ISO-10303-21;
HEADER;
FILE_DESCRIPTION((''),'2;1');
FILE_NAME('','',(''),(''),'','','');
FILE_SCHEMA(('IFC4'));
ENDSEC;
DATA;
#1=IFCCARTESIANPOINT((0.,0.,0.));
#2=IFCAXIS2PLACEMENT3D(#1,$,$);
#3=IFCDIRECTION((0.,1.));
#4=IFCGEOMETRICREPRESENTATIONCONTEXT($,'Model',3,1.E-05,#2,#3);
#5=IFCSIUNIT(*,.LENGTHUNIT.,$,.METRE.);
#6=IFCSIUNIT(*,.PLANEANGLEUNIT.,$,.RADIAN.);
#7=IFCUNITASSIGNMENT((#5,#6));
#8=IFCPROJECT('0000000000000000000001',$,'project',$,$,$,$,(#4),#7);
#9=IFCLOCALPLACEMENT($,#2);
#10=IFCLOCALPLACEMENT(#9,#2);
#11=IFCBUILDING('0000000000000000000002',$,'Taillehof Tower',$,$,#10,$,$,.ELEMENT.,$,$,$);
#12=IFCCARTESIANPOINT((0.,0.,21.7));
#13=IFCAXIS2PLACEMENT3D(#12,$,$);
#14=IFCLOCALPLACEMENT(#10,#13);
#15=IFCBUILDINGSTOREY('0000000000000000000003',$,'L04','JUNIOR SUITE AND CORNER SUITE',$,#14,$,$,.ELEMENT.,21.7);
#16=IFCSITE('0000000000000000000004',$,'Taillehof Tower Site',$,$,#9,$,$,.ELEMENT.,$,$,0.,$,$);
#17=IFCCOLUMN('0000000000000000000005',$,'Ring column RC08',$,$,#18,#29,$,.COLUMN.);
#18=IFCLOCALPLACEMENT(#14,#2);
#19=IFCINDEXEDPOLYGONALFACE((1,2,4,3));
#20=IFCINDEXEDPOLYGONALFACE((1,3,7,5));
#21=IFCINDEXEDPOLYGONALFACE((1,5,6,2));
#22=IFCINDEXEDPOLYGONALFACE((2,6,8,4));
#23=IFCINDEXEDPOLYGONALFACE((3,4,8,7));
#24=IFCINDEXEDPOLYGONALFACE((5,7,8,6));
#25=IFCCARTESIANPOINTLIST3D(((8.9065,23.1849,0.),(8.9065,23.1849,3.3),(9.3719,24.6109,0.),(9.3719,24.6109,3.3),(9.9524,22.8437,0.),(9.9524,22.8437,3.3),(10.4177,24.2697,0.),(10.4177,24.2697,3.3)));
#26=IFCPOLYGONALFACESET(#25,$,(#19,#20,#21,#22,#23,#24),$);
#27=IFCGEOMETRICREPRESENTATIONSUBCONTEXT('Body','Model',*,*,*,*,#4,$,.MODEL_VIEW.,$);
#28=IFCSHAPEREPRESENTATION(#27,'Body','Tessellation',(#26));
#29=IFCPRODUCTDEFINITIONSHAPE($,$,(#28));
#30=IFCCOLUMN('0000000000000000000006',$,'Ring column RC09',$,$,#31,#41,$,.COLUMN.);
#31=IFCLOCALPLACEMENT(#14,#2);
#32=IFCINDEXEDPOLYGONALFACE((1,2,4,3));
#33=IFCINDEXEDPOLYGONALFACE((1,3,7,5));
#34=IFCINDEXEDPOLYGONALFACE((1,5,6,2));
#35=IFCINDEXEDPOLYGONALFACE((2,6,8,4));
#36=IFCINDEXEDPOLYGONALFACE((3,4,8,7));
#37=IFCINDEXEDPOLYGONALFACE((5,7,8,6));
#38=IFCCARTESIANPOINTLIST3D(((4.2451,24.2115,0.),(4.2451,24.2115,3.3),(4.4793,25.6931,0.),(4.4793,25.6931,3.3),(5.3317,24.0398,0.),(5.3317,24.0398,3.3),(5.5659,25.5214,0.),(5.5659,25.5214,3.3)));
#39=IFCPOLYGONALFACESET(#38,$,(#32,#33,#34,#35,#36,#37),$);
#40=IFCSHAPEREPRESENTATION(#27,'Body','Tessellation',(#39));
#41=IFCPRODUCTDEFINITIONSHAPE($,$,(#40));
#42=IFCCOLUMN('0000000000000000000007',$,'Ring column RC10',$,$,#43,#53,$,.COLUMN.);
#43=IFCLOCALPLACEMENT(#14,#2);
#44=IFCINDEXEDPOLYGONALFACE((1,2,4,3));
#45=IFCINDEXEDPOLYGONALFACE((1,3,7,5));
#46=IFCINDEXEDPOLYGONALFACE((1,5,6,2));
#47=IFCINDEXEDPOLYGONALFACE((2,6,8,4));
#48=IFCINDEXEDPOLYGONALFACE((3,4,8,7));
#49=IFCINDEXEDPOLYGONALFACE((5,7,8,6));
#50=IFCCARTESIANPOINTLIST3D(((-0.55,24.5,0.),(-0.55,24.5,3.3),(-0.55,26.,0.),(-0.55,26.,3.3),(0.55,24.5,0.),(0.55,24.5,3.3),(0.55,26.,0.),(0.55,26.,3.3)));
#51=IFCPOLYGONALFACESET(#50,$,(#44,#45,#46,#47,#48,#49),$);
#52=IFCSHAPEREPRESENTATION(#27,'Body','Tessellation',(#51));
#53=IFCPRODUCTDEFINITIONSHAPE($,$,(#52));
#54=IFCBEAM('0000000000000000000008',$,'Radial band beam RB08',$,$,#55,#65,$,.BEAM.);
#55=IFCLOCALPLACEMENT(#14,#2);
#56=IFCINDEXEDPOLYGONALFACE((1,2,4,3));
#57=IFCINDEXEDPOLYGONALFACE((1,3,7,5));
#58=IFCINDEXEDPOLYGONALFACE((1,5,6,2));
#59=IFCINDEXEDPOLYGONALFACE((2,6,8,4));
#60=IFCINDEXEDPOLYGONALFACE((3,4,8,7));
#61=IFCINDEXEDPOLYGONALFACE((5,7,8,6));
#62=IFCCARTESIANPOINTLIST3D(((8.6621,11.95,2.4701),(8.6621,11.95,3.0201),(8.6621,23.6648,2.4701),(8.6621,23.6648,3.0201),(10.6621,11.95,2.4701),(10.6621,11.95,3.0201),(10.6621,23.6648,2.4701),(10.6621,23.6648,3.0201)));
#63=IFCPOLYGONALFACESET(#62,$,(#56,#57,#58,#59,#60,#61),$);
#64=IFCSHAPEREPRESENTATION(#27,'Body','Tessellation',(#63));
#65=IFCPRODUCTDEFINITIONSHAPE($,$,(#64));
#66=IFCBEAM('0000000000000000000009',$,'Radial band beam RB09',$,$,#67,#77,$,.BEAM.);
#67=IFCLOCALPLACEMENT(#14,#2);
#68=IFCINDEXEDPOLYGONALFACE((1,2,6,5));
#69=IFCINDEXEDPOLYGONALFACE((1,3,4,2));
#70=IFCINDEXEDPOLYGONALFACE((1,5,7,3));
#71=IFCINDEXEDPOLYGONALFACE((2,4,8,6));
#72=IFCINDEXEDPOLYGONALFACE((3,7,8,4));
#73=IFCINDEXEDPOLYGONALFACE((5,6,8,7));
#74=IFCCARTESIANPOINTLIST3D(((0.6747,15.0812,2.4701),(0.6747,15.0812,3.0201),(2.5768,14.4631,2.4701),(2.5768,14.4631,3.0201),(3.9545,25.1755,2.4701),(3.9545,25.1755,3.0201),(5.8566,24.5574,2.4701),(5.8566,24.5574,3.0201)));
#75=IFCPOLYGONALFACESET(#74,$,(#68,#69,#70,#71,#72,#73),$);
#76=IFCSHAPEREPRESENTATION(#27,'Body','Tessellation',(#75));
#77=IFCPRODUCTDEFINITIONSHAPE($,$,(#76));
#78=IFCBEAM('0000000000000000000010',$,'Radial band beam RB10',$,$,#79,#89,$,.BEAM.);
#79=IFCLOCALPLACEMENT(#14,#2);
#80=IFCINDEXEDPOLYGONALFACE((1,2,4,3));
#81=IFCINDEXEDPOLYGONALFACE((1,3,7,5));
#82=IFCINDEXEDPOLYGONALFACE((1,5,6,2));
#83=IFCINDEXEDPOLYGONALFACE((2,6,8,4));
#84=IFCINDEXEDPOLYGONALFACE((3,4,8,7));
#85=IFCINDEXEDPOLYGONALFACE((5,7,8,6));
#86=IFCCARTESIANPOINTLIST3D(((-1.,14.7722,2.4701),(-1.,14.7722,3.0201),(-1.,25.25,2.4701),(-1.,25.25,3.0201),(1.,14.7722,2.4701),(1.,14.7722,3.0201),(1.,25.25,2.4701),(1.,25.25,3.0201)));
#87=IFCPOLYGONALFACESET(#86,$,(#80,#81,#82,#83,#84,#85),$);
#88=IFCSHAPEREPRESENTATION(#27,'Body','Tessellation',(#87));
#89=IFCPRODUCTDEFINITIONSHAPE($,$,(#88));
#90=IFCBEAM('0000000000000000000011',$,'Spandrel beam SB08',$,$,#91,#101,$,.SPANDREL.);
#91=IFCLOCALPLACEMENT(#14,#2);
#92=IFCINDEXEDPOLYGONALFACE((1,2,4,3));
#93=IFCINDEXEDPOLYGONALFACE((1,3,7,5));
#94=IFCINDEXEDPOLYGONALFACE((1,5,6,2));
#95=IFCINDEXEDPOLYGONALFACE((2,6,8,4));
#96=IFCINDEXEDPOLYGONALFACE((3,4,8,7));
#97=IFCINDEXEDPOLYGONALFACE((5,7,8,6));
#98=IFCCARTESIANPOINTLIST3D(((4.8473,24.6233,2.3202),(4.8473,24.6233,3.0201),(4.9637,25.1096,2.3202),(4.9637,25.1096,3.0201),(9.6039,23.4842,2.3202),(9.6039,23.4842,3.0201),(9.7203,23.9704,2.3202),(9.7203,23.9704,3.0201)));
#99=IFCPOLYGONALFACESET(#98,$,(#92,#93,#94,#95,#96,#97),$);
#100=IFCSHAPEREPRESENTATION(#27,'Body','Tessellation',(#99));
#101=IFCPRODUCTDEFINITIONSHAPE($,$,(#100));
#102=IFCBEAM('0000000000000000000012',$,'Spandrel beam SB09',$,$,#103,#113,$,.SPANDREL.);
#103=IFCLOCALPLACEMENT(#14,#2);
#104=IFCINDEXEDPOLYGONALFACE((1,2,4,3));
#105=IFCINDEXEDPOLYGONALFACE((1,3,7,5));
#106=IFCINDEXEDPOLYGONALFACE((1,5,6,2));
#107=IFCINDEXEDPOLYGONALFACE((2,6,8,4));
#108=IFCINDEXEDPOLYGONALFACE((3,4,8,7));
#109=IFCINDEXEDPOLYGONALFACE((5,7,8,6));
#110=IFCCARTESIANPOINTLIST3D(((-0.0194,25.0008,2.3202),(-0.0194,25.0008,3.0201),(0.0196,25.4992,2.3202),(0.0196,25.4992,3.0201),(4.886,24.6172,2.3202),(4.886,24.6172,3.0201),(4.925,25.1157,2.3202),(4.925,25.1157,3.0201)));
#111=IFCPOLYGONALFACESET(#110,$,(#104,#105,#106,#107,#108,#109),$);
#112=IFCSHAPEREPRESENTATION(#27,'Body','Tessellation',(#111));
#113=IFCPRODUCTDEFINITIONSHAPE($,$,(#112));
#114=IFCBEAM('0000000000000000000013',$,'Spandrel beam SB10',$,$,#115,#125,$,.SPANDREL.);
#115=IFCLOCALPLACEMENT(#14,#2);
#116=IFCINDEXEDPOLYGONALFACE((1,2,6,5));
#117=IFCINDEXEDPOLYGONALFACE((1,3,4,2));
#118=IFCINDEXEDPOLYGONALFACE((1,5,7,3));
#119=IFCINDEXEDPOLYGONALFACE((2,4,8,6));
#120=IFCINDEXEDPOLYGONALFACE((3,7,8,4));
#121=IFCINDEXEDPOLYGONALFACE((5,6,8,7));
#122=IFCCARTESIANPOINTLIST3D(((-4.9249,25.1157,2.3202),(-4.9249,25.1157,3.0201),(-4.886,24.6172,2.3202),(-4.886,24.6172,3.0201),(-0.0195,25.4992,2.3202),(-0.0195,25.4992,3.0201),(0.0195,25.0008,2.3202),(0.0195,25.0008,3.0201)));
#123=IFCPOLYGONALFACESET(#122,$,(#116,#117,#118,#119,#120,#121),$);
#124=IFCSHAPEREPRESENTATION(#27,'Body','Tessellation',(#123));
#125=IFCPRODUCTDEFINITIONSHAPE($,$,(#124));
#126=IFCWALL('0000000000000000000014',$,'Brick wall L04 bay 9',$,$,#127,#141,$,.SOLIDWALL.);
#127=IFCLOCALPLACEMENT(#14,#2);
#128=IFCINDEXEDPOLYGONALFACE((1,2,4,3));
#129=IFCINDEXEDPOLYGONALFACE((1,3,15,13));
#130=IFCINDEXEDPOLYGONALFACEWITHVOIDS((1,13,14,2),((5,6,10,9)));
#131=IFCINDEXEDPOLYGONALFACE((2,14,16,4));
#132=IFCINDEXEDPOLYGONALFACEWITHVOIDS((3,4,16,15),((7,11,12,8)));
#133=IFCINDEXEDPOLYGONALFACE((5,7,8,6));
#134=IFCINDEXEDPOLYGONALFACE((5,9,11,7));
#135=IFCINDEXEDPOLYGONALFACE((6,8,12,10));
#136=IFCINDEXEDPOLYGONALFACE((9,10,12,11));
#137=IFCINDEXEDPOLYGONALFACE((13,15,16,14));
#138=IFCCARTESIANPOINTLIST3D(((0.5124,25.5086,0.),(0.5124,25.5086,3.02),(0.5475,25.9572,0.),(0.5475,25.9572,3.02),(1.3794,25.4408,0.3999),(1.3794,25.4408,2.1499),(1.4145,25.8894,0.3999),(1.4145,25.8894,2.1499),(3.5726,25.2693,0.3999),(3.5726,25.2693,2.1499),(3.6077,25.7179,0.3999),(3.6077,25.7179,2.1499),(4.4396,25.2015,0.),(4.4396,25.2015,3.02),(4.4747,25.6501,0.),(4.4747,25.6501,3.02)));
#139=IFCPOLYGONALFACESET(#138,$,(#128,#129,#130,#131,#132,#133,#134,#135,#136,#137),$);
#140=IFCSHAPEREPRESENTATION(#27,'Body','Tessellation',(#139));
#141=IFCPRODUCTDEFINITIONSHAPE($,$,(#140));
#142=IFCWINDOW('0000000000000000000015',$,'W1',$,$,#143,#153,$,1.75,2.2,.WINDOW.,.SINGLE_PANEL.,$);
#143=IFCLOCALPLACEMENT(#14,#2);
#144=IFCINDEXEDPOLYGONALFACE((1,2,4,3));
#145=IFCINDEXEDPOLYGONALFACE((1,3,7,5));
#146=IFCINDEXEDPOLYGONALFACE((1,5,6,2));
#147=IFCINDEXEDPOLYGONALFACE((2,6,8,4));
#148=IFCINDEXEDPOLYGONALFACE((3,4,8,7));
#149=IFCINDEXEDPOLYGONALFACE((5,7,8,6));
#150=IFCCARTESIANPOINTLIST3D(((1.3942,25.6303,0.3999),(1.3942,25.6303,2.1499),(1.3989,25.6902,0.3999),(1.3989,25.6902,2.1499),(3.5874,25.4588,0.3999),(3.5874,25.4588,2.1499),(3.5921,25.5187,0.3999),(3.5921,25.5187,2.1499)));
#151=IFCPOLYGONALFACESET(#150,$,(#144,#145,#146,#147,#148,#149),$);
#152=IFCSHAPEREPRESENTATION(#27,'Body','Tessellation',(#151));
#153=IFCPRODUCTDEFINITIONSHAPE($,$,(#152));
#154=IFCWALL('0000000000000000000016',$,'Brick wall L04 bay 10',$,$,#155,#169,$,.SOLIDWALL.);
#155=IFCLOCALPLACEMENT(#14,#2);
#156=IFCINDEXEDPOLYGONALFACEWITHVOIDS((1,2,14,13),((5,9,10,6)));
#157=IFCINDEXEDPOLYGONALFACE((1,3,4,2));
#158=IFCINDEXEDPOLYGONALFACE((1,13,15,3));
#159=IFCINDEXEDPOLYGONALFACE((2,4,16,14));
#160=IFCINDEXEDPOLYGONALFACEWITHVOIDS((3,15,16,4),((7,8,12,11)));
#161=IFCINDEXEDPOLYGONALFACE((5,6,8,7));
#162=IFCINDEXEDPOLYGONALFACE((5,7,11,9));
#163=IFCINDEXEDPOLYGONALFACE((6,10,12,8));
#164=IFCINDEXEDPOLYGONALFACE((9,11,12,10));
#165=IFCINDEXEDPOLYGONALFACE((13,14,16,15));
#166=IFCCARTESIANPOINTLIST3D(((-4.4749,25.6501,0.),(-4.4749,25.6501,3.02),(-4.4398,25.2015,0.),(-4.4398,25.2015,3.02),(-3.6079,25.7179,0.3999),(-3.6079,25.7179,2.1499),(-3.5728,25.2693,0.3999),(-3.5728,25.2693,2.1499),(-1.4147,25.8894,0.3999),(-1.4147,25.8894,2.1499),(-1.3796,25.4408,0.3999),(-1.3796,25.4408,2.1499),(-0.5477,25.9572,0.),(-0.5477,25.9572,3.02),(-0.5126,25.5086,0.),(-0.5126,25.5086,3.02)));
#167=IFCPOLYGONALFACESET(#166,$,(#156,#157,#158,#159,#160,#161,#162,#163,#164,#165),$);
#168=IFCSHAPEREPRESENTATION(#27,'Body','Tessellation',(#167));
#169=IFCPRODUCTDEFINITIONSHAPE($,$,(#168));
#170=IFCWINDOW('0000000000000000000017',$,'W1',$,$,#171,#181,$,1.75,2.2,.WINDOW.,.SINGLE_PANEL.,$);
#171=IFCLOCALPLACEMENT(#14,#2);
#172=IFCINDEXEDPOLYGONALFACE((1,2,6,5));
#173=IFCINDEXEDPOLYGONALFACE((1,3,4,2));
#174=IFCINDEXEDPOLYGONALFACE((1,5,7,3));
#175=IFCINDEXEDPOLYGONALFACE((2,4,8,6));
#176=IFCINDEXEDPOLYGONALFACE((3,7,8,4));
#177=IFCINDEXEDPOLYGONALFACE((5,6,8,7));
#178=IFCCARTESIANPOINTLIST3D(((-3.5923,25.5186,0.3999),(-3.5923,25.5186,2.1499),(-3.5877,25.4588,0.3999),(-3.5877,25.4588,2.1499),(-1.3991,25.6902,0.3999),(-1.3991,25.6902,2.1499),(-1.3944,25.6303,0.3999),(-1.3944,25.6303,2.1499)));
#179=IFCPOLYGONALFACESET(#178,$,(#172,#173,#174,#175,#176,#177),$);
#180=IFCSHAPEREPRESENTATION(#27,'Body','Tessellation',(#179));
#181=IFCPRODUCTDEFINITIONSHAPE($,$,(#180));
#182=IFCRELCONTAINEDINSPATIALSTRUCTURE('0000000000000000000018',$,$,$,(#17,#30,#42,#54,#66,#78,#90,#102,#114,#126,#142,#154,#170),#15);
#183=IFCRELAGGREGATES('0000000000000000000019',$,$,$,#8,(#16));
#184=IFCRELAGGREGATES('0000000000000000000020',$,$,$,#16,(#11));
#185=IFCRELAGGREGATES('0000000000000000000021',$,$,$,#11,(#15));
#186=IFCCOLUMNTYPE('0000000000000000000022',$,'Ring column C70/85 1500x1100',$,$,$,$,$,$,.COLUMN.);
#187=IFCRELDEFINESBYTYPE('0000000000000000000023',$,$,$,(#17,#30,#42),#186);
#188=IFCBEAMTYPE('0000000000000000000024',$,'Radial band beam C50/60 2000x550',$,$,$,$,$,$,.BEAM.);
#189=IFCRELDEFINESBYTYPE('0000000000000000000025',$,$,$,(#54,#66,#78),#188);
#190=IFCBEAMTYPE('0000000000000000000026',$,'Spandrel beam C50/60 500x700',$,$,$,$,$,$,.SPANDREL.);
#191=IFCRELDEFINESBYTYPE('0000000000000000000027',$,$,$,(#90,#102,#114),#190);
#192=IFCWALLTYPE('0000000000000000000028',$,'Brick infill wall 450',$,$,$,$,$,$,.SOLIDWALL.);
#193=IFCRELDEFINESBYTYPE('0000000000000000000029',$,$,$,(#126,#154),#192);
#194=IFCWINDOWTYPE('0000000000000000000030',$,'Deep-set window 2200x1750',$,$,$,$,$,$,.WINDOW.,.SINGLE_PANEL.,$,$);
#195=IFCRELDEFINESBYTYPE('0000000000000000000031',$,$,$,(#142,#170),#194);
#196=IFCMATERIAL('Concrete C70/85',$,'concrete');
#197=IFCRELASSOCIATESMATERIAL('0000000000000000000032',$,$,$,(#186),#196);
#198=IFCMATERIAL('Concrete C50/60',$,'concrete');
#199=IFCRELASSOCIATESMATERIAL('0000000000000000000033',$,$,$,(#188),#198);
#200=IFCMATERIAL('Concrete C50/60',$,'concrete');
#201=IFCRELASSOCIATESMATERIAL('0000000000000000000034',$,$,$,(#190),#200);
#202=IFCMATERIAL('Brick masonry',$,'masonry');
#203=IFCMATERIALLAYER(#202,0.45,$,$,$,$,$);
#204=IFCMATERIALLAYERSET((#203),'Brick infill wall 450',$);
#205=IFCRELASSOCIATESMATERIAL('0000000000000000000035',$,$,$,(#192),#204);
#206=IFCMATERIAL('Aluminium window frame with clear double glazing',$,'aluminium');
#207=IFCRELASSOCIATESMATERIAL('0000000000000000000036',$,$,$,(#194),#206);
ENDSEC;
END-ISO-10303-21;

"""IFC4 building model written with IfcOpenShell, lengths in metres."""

from ifc_helpers import new_model, si_unit, direction, frame, frame_2d, origin, origin_2d, place, context, subcontext, project, spatial, rectangle, extrude, material, layer, layer_set, material_profile, profile_set, type_object, element, fill, save


model = new_model("IFC4")

# Units and contexts
model_context = context("Model", 3, precision=1e-05, world=origin(), true_north=direction((0.0, 1.0)))
body_context = subcontext(model_context, "Body", "Model", "MODEL_VIEW")
ifc_project = project(units=[si_unit("LENGTHUNIT", "METRE"), si_unit("PLANEANGLEUNIT", "RADIAN")], contexts=[model_context])

# Site, building, storey
site_placement = place(None, origin())
site = spatial("IfcSite", under=ifc_project, at=site_placement, Name="Taillehof Tower Site", CompositionType="ELEMENT", RefElevation=0.0)
building_placement = place(site_placement, origin())
building = spatial("IfcBuilding", under=site, at=building_placement, Name="Taillehof Tower", CompositionType="ELEMENT")
storey_placement = place(building_placement, frame((0.0, 0.0, 21.7)))
storey = spatial("IfcBuildingStorey", under=building, at=storey_placement, Name="L04", Description="JUNIOR SUITE AND CORNER SUITE", CompositionType="ELEMENT", Elevation=21.7)

# Columns
ifc_material_1 = material(Name="Concrete C70/85", Category="concrete")
ifc_material_profile_1 = material_profile(ifc_material_1, rectangle(XDim=1.5, YDim=1.1001, at=origin_2d()), Name="RC 1500x1100")
ifc_profile_set_1 = profile_set([ifc_material_profile_1], Name="Concrete C70/85")
column_type = type_object("IfcColumnType", Name="Ring column C70/85 1500x1100", PredefinedType="COLUMN", material=ifc_profile_set_1)
for number, where, z_axis, x_axis, name in (
    (1, (9.6621, 23.7273, 0.0), (0.0, 0.0, 1.0), (0.310219, 0.950665, 0.0), "Ring column RC08"),
    (2, (4.9055, 24.8665, 0.0), (0.0, 0.0, 1.0), (0.156147, 0.987734, 0.0), "Ring column RC09"),
    (3, (0.0, 25.25, 0.0), (0.0, 0.0, 1.0), (0.0, 1.0, 0.0), "Ring column RC10"),
):
    element("IfcColumn", number, at=place(storey_placement, frame(where, z_axis=z_axis, x_axis=x_axis)), inside=storey, type_object=column_type, Name=name, PredefinedType="COLUMN", context=body_context, shape_type="SweptSolid", body=[
        extrude(rectangle(XDim=1.5, YDim=1.1001, at=origin_2d()), origin(), (0.0, 0.0, 1.0), 3.3),
    ])

# Beams
ifc_material_2 = material(Name="Concrete C50/60", Category="concrete")
ifc_material_profile_2 = material_profile(ifc_material_2, rectangle(XDim=2.0, YDim=0.55, at=origin_2d()), Name="RC 2000x550")
ifc_profile_set_2 = profile_set([ifc_material_profile_2], Name="Concrete C50/60")
beam_type_1 = type_object("IfcBeamType", Name="Radial band beam C50/60 2000x550", PredefinedType="BEAM", material=ifc_profile_set_2)
beam_1_placement = place(storey_placement, frame((9.6621, 23.6648, 2.7451), z_axis=(0.0, -1.0, 0.0), x_axis=(1.0, 0.0, 0.0)))
element("IfcBeam", 4, at=beam_1_placement, inside=storey, type_object=beam_type_1, Name="Radial band beam RB08", PredefinedType="BEAM", context=body_context, shape_type="SweptSolid", body=[
    extrude(rectangle(XDim=2.0, YDim=0.55, at=origin_2d()), origin(), (0.0, 0.0, 1.0), 11.7148),
])
beam_2_placement = place(storey_placement, frame((4.9055, 24.8665, 2.7451), z_axis=(-0.309014, -0.951057, 0.0), x_axis=(0.951057, -0.309014, 0.0)))
element("IfcBeam", 5, at=beam_2_placement, inside=storey, type_object=beam_type_1, Name="Radial band beam RB09", PredefinedType="BEAM", context=body_context, shape_type="SweptSolid", body=[
    extrude(rectangle(XDim=2.0, YDim=0.55, at=origin_2d()), origin(), (0.0, 0.0, 1.0), 10.6138),
])
beam_3_placement = place(storey_placement, frame((0.0, 25.25, 2.7451), z_axis=(0.0, -1.0, 0.0), x_axis=(1.0, 0.0, 0.0)))
element("IfcBeam", 6, at=beam_3_placement, inside=storey, type_object=beam_type_1, Name="Radial band beam RB10", PredefinedType="BEAM", context=body_context, shape_type="SweptSolid", body=[
    extrude(rectangle(XDim=2.0, YDim=0.55, at=origin_2d()), origin(), (0.0, 0.0, 1.0), 10.4778),
])
ifc_material_3 = material(Name="Concrete C50/60", Category="concrete")
ifc_material_profile_3 = material_profile(ifc_material_3, rectangle(XDim=0.5, YDim=0.7, at=origin_2d()), Name="RC 500x700")
ifc_profile_set_3 = profile_set([ifc_material_profile_3], Name="Concrete C50/60")
beam_type_2 = type_object("IfcBeamType", Name="Spandrel beam C50/60 500x700", PredefinedType="SPANDREL", material=ifc_profile_set_3)
beam_4_placement = place(storey_placement, frame((9.6621, 23.7273, 2.6702), z_axis=(-0.9725, 0.232905, 0.0), x_axis=(-0.232905, -0.9725, 0.0)))
element("IfcBeam", 7, at=beam_4_placement, inside=storey, type_object=beam_type_2, Name="Spandrel beam SB08", PredefinedType="SPANDREL", context=body_context, shape_type="SweptSolid", body=[
    extrude(rectangle(XDim=0.5, YDim=0.7, at=origin_2d()), origin(), (0.0, 0.0, 1.0), 4.8911),
])
for number, where, z_axis, x_axis, name in (
    (8, (4.9055, 24.8665, 2.6702), (-0.996957, 0.077949, 0.0), (-0.077949, -0.996957, 0.0), "Spandrel beam SB09"),
    (9, (0.0, 25.25, 2.6702), (-0.996957, -0.077949, 0.0), (0.077949, -0.996957, 0.0), "Spandrel beam SB10"),
):
    element("IfcBeam", number, at=place(storey_placement, frame(where, z_axis=z_axis, x_axis=x_axis)), inside=storey, type_object=beam_type_2, Name=name, PredefinedType="SPANDREL", context=body_context, shape_type="SweptSolid", body=[
        extrude(rectangle(XDim=0.5, YDim=0.7, at=origin_2d()), origin(), (0.0, 0.0, 1.0), 4.9204),
    ])

# Walls, openings, windows
ifc_material_4 = material(Name="Brick masonry", Category="masonry")
ifc_layer_1 = layer(ifc_material_4, 0.45)
ifc_layer_set_1 = layer_set([ifc_layer_1], Name="Brick infill wall 450")
wall_type_1 = type_object("IfcWallType", Name="Brick infill wall 450", PredefinedType="SOLIDWALL", material=ifc_layer_set_1)
wall_1_placement = place(storey_placement, frame((4.4573, 25.4258, 0.0), z_axis=(0.0, 0.0, 1.0), x_axis=(-0.996956, 0.077967, 0.0)))
wall_1 = element("IfcWall", 10, at=wall_1_placement, inside=storey, type_object=wall_type_1, Name="Brick wall L04 bay 9", PredefinedType="SOLIDWALL", context=body_context, shape_type="SweptSolid", body=[
    extrude(rectangle(XDim=3.9392, YDim=0.45, at=frame_2d((1.9697, 0.0))), origin(), (0.0, 0.0, 1.0), 3.02),
])
opening_1_placement = place(wall_1_placement, frame((0.8696, 0.0, 0.3999)))
opening_1 = element("IfcOpeningElement", 11, at=opening_1_placement, cuts=wall_1, PredefinedType="OPENING", context=body_context, shape_type="SweptSolid", body=[
    extrude(rectangle(XDim=2.2, YDim=1.75, at=frame_2d((1.1001, 0.875))), frame((0.0, 0.2349, 0.0), z_axis=(0.0, -1.0, 0.0), x_axis=(1.0, 0.0, 0.0)), (0.0, 0.0, 1.0), 0.47),
])
ifc_material_5 = material(Name="Aluminium window frame with clear double glazing", Category="aluminium")
window_type_1 = type_object("IfcWindowType", Name="Deep-set window 2200x1750", PartitioningType="SINGLE_PANEL", PredefinedType="WINDOW", material=ifc_material_5)
window_1_placement = place(opening_1_placement, origin())
window_1 = element("IfcWindow", 12, at=window_1_placement, inside=storey, type_object=window_type_1, Name="W1", OverallHeight=1.75, OverallWidth=2.2, PartitioningType="SINGLE_PANEL", PredefinedType="WINDOW", context=body_context, shape_type="SweptSolid", body=[
    extrude(rectangle(XDim=2.2, YDim=1.75, at=frame_2d((1.1001, 0.875))), frame((0.0, 0.0349, 0.0), z_axis=(0.0, -1.0, 0.0), x_axis=(1.0, 0.0, 0.0)), (0.0, 0.0, 1.0), 0.0601),
])
fill(opening_1, window_1)
wall_2_placement = place(storey_placement, frame((-0.53, 25.7329, 0.0), z_axis=(0.0, 0.0, 1.0), x_axis=(-0.996956, -0.077967, 0.0)))
wall_2 = element("IfcWall", 13, at=wall_2_placement, inside=storey, type_object=wall_type_1, Name="Brick wall L04 bay 10", PredefinedType="SOLIDWALL", context=body_context, shape_type="SweptSolid", body=[
    extrude(rectangle(XDim=3.9392, YDim=0.45, at=frame_2d((1.9697, 0.0))), origin(), (0.0, 0.0, 1.0), 3.02),
])
opening_2_placement = place(wall_2_placement, frame((0.8696, 0.0, 0.3999)))
opening_2 = element("IfcOpeningElement", 14, at=opening_2_placement, cuts=wall_2, PredefinedType="OPENING", context=body_context, shape_type="SweptSolid", body=[
    extrude(rectangle(XDim=2.2, YDim=1.75, at=frame_2d((1.1001, 0.875))), frame((0.0, 0.2349, 0.0), z_axis=(0.0, -1.0, 0.0), x_axis=(1.0, 0.0, 0.0)), (0.0, 0.0, 1.0), 0.47),
])
window_2_placement = place(opening_2_placement, origin())
window_2 = element("IfcWindow", 15, at=window_2_placement, inside=storey, type_object=window_type_1, Name="W1", OverallHeight=1.75, OverallWidth=2.2, PartitioningType="SINGLE_PANEL", PredefinedType="WINDOW", context=body_context, shape_type="SweptSolid", body=[
    extrude(rectangle(XDim=2.2, YDim=1.75, at=frame_2d((1.1001, 0.875))), frame((0.0, 0.0349, 0.0), z_axis=(0.0, -1.0, 0.0), x_axis=(1.0, 0.0, 0.0)), (0.0, 0.0, 1.0), 0.0601),
])
fill(opening_2, window_2)

save(model, "model.ifc")
